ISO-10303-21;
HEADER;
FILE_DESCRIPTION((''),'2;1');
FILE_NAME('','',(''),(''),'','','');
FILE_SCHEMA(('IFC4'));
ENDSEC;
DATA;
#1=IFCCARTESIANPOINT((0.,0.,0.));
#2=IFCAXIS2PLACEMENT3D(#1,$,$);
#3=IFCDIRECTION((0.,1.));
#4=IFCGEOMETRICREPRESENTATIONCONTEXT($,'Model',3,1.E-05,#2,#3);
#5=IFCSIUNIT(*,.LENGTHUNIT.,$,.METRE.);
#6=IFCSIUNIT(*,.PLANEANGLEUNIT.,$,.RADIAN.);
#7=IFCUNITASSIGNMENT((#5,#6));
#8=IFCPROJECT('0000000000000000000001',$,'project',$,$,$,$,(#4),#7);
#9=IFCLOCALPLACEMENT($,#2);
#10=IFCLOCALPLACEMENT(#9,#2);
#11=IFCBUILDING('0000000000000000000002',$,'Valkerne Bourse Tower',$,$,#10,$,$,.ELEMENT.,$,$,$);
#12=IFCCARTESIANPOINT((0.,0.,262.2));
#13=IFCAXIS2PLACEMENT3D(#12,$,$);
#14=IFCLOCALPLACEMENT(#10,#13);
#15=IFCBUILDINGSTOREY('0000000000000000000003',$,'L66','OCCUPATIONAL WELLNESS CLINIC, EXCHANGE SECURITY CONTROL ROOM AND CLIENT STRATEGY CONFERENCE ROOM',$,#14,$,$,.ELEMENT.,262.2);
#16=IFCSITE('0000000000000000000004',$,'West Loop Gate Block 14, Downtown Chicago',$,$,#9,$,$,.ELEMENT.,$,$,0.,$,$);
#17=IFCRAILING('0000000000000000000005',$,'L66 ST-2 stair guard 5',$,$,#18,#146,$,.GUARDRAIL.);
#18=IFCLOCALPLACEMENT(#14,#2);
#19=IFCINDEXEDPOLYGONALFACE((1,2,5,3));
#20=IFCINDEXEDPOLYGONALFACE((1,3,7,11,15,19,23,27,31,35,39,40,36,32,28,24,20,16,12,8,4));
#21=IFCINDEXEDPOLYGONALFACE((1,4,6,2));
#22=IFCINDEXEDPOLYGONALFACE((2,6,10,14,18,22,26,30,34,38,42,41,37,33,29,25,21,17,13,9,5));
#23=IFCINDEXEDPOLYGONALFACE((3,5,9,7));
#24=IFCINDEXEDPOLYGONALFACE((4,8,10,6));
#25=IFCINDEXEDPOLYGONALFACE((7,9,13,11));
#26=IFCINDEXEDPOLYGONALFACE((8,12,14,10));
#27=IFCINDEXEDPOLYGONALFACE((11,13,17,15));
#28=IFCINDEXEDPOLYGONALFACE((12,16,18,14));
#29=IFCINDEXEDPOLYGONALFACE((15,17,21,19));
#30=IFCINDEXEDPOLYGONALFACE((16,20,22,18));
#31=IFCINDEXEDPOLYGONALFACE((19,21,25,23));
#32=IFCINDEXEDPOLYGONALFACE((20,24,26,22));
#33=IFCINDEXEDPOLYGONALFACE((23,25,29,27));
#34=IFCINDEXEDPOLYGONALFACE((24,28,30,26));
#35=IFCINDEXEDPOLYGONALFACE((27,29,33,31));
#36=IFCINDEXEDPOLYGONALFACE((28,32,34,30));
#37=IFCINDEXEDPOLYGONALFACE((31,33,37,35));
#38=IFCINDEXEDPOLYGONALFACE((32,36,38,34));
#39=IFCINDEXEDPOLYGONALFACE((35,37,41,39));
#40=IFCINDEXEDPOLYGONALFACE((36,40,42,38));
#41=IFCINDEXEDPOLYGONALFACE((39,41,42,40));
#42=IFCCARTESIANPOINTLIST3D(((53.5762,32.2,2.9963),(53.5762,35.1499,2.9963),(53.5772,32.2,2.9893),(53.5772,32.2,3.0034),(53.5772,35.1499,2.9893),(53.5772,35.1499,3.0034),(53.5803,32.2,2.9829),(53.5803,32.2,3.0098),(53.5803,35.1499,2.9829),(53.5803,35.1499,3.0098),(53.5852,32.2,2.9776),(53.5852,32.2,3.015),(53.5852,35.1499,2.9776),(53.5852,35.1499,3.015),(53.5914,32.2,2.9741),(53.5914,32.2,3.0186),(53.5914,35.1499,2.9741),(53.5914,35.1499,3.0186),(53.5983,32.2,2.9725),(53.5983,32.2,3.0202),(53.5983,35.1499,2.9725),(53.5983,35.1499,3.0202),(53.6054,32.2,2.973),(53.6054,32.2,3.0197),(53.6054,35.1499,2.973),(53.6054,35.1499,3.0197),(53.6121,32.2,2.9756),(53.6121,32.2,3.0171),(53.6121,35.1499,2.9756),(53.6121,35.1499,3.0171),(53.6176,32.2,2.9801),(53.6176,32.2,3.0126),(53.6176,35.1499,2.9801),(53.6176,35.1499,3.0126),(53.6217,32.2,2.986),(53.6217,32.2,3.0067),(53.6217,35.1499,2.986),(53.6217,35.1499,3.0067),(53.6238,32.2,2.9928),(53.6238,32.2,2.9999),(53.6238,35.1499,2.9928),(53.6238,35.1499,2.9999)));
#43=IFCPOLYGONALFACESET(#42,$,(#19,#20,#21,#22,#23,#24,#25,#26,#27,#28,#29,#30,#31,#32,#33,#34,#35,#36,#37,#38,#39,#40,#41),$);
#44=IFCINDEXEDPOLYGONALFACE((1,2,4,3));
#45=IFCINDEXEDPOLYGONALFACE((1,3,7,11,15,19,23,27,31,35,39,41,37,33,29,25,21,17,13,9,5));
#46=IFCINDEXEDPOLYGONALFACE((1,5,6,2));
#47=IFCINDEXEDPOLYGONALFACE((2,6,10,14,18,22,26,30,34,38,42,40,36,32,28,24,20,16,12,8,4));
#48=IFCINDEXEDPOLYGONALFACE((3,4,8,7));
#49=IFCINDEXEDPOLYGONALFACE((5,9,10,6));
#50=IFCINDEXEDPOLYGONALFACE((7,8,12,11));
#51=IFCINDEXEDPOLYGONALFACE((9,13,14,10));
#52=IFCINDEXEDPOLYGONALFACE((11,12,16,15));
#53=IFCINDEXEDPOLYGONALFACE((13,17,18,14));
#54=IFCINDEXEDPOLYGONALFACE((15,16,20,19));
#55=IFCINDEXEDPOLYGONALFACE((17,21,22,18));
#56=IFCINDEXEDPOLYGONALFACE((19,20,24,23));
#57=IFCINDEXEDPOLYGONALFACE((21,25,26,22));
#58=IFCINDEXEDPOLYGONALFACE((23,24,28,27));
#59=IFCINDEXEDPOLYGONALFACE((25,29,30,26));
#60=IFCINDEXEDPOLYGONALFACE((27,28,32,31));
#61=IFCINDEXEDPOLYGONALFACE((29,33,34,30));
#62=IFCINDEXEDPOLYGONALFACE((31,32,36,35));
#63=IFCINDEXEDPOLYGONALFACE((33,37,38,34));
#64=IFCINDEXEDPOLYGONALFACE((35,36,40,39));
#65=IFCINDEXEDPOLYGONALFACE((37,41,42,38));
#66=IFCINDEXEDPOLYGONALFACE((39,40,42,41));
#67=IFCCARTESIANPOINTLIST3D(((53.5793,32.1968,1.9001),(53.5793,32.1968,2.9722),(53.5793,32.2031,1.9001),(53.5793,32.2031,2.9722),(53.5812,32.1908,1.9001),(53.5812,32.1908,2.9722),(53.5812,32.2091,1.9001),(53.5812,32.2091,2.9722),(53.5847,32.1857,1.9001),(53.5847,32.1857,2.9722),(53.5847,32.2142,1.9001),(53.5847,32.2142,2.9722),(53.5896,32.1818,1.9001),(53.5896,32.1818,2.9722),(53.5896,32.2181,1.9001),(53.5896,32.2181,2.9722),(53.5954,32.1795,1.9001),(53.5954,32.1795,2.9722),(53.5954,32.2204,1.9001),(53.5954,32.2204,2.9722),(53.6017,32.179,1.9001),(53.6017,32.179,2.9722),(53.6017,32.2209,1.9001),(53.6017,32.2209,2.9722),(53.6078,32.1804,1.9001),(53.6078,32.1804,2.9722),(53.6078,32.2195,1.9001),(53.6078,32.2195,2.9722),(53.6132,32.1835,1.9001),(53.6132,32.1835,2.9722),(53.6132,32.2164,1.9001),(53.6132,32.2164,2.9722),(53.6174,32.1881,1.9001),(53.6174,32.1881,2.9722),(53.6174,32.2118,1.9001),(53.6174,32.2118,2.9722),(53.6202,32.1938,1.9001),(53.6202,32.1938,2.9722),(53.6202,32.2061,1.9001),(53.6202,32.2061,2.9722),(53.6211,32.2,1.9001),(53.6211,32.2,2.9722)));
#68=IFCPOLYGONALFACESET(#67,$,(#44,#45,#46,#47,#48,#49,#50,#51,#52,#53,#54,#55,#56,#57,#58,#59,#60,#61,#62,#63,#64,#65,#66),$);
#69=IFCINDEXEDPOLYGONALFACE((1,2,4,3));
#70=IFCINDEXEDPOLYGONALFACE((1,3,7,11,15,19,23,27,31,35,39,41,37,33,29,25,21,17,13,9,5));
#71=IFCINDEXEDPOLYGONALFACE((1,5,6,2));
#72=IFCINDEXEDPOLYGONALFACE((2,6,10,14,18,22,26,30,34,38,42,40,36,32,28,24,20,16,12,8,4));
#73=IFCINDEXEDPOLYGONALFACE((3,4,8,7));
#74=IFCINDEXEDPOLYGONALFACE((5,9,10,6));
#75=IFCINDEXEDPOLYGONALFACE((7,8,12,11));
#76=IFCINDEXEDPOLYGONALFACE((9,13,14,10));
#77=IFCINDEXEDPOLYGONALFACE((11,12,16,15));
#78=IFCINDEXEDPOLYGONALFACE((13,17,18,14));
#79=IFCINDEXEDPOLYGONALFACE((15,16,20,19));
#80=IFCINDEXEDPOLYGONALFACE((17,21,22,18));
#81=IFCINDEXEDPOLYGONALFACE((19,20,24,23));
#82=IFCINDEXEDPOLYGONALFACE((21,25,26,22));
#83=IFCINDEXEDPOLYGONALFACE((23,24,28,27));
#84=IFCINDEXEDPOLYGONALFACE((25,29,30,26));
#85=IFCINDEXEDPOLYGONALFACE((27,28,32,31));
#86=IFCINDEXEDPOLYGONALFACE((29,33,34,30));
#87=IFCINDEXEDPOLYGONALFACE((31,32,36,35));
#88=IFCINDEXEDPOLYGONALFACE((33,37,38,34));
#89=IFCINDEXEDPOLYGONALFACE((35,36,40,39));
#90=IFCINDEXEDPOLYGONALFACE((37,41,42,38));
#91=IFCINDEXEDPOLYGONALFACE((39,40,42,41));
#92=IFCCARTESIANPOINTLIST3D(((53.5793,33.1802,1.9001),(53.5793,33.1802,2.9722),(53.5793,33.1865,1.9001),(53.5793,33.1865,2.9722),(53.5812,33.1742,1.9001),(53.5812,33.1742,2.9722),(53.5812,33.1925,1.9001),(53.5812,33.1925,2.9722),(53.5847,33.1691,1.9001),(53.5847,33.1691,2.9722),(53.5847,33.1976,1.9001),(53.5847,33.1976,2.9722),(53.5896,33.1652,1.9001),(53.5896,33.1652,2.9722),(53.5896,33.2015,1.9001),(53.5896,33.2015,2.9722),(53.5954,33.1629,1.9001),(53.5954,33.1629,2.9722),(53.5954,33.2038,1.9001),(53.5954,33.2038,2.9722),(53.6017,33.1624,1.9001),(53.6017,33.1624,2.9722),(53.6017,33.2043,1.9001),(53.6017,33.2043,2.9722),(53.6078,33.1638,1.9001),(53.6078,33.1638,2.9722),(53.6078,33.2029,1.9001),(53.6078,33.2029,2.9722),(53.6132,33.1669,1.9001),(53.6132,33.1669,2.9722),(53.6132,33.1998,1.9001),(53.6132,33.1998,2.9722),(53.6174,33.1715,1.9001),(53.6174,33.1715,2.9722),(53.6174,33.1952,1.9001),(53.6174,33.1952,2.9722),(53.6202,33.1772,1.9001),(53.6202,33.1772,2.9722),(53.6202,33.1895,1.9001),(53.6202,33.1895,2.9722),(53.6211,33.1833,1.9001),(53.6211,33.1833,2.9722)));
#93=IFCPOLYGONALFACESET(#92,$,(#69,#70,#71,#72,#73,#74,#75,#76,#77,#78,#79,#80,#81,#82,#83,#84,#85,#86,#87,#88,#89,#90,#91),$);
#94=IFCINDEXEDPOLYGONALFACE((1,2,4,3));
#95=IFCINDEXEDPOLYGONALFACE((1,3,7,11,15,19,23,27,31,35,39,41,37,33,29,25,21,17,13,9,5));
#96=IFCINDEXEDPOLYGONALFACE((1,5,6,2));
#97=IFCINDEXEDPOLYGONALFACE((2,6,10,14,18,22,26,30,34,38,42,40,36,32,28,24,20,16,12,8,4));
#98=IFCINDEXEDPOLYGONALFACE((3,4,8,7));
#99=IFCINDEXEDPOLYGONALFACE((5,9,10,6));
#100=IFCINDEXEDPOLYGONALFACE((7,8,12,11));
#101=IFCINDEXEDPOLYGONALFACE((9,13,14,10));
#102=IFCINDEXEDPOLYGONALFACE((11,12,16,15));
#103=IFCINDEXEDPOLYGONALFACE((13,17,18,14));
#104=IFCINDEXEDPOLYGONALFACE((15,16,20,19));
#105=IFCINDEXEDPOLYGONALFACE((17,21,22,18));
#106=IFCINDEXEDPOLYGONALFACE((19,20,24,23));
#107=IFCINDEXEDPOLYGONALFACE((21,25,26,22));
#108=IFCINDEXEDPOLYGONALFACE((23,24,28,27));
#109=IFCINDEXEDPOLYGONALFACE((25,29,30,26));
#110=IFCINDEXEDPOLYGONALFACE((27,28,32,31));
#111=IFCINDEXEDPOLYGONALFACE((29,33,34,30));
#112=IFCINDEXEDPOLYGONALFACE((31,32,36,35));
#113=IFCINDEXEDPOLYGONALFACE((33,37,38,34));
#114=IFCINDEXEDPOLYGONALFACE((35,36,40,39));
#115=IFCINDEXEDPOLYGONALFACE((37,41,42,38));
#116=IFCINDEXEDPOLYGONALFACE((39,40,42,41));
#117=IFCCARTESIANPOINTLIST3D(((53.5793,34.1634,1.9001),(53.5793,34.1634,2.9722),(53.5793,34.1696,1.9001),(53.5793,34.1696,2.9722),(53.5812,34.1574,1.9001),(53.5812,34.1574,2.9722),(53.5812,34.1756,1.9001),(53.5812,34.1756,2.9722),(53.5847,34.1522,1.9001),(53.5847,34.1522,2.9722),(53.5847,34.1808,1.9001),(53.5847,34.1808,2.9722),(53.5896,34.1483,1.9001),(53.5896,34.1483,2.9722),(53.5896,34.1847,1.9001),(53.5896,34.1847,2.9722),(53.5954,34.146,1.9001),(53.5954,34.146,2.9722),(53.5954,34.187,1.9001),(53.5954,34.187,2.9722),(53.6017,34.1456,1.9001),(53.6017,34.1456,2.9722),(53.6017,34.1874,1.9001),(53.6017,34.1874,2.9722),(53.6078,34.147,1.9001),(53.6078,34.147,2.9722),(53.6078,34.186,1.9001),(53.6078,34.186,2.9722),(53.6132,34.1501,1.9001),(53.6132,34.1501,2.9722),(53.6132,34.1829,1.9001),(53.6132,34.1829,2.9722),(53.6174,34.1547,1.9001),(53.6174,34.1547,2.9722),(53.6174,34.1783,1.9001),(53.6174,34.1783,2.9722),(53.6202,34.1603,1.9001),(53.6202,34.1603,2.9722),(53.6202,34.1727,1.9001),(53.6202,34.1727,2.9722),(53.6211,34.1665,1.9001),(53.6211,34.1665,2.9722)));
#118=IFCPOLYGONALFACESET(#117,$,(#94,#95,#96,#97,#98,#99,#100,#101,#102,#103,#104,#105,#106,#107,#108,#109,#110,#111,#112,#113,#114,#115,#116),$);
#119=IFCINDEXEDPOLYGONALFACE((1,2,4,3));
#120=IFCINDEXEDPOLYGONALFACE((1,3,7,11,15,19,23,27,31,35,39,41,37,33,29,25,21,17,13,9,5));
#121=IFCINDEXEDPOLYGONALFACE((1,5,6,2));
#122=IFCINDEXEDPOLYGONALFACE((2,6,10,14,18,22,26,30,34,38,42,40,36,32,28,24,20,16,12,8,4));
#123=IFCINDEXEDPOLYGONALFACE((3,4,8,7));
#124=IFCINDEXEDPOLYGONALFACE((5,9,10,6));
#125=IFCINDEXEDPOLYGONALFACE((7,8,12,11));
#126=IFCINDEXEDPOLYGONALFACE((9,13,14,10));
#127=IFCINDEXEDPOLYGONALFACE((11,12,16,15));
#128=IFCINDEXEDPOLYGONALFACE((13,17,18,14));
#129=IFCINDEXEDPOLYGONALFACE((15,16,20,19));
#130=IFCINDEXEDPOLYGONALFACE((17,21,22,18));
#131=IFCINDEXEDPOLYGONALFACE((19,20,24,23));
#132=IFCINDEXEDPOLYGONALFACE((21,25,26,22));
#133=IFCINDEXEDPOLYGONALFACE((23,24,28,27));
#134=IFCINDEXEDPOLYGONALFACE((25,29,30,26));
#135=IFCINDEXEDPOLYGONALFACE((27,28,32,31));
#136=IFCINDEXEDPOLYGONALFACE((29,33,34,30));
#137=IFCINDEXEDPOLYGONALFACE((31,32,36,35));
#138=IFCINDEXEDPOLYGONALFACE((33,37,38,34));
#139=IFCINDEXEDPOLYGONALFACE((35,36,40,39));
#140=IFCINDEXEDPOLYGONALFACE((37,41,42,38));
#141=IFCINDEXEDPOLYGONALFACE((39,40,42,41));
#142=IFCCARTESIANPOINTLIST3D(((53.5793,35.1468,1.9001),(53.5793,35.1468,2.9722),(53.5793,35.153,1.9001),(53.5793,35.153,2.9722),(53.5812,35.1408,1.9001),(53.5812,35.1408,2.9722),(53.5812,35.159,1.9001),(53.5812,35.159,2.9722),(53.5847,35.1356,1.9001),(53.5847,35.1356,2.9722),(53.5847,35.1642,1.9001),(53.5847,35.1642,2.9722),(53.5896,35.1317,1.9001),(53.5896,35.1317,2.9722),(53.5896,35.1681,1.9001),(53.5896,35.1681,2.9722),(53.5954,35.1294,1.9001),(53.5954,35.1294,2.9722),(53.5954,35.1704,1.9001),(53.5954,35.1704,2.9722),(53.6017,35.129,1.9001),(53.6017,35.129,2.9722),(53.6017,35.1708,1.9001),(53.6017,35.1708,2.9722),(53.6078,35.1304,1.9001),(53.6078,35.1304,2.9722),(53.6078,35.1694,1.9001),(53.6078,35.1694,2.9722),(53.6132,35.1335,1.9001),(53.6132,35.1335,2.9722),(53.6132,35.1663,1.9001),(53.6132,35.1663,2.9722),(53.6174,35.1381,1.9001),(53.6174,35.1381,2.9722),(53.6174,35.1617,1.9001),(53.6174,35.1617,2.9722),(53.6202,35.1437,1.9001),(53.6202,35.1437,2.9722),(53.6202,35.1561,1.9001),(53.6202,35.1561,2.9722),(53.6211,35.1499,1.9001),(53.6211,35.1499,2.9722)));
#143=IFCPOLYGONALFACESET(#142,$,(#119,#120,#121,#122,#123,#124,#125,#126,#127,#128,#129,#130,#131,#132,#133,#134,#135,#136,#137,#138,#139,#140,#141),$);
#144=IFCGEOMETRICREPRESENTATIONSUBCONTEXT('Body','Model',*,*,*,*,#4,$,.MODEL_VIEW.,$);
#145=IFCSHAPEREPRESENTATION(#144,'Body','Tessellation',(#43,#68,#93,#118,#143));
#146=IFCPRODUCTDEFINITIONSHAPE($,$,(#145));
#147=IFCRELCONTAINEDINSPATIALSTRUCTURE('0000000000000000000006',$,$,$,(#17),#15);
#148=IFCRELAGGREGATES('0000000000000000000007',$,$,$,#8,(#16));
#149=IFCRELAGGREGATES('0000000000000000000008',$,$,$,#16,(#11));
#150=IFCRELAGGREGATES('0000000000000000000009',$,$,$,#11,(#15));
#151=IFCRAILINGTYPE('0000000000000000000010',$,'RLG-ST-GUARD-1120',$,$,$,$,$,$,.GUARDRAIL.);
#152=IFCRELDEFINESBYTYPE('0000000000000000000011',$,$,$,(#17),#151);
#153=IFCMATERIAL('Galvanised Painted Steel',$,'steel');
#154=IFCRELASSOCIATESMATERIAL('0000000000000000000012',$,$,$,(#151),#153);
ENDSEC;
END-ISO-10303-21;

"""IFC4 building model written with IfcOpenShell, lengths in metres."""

from ifc_helpers import new_model, si_unit, direction, frame, origin, origin_2d, place, context, subcontext, project, spatial, circle, extrude, material, type_object, element, save


model = new_model("IFC4")

# Units and contexts
model_context = context("Model", 3, precision=1e-05, world=origin(), true_north=direction((0.0, 1.0)))
body_context = subcontext(model_context, "Body", "Model", "MODEL_VIEW")
ifc_project = project(units=[si_unit("LENGTHUNIT", "METRE"), si_unit("PLANEANGLEUNIT", "RADIAN")], contexts=[model_context])

# Site, building, storey
site_placement = place(None, origin())
site = spatial("IfcSite", under=ifc_project, at=site_placement, Name="West Loop Gate Block 14, Downtown Chicago", CompositionType="ELEMENT", RefElevation=0.0)
building_placement = place(site_placement, origin())
building = spatial("IfcBuilding", under=site, at=building_placement, Name="Valkerne Bourse Tower", CompositionType="ELEMENT")
storey_placement = place(building_placement, frame((0.0, 0.0, 262.2)))
storey = spatial("IfcBuildingStorey", under=building, at=storey_placement, Name="L66", Description="OCCUPATIONAL WELLNESS CLINIC, EXCHANGE SECURITY CONTROL ROOM AND CLIENT STRATEGY CONFERENCE ROOM", CompositionType="ELEMENT", Elevation=262.2)

# Railing
ifc_material_1 = material(Name="Galvanised Painted Steel", Category="steel")
railing_type = type_object("IfcRailingType", Name="RLG-ST-GUARD-1120", PredefinedType="GUARDRAIL", material=ifc_material_1)
railing_1_placement = place(storey_placement, frame((53.6001, 32.2, 1.9001)))
element("IfcRailing", 1, at=railing_1_placement, inside=storey, type_object=railing_type, Name="L66 ST-2 stair guard 5", PredefinedType="GUARDRAIL", context=body_context, shape_type="SweptSolid", body=[
    extrude(circle(Radius=0.0239, at=origin_2d()), frame((0.0, 0.0, 1.0962), z_axis=(0.0, 1.0, 0.0), x_axis=(-1.0, 0.0, 0.0)), (0.0, 0.0, 1.0), 2.95),
    extrude(circle(Radius=0.021, at=origin_2d()), origin(), (0.0, 0.0, 1.0), 1.072),
    extrude(circle(Radius=0.021, at=origin_2d()), frame((0.0, 0.9834, 0.0)), (0.0, 0.0, 1.0), 1.072),
    extrude(circle(Radius=0.021, at=origin_2d()), frame((0.0, 1.9666, 0.0)), (0.0, 0.0, 1.0), 1.072),
    extrude(circle(Radius=0.021, at=origin_2d()), frame((0.0, 2.95, 0.0)), (0.0, 0.0, 1.0), 1.072),
])

save(model, "model.ifc")
